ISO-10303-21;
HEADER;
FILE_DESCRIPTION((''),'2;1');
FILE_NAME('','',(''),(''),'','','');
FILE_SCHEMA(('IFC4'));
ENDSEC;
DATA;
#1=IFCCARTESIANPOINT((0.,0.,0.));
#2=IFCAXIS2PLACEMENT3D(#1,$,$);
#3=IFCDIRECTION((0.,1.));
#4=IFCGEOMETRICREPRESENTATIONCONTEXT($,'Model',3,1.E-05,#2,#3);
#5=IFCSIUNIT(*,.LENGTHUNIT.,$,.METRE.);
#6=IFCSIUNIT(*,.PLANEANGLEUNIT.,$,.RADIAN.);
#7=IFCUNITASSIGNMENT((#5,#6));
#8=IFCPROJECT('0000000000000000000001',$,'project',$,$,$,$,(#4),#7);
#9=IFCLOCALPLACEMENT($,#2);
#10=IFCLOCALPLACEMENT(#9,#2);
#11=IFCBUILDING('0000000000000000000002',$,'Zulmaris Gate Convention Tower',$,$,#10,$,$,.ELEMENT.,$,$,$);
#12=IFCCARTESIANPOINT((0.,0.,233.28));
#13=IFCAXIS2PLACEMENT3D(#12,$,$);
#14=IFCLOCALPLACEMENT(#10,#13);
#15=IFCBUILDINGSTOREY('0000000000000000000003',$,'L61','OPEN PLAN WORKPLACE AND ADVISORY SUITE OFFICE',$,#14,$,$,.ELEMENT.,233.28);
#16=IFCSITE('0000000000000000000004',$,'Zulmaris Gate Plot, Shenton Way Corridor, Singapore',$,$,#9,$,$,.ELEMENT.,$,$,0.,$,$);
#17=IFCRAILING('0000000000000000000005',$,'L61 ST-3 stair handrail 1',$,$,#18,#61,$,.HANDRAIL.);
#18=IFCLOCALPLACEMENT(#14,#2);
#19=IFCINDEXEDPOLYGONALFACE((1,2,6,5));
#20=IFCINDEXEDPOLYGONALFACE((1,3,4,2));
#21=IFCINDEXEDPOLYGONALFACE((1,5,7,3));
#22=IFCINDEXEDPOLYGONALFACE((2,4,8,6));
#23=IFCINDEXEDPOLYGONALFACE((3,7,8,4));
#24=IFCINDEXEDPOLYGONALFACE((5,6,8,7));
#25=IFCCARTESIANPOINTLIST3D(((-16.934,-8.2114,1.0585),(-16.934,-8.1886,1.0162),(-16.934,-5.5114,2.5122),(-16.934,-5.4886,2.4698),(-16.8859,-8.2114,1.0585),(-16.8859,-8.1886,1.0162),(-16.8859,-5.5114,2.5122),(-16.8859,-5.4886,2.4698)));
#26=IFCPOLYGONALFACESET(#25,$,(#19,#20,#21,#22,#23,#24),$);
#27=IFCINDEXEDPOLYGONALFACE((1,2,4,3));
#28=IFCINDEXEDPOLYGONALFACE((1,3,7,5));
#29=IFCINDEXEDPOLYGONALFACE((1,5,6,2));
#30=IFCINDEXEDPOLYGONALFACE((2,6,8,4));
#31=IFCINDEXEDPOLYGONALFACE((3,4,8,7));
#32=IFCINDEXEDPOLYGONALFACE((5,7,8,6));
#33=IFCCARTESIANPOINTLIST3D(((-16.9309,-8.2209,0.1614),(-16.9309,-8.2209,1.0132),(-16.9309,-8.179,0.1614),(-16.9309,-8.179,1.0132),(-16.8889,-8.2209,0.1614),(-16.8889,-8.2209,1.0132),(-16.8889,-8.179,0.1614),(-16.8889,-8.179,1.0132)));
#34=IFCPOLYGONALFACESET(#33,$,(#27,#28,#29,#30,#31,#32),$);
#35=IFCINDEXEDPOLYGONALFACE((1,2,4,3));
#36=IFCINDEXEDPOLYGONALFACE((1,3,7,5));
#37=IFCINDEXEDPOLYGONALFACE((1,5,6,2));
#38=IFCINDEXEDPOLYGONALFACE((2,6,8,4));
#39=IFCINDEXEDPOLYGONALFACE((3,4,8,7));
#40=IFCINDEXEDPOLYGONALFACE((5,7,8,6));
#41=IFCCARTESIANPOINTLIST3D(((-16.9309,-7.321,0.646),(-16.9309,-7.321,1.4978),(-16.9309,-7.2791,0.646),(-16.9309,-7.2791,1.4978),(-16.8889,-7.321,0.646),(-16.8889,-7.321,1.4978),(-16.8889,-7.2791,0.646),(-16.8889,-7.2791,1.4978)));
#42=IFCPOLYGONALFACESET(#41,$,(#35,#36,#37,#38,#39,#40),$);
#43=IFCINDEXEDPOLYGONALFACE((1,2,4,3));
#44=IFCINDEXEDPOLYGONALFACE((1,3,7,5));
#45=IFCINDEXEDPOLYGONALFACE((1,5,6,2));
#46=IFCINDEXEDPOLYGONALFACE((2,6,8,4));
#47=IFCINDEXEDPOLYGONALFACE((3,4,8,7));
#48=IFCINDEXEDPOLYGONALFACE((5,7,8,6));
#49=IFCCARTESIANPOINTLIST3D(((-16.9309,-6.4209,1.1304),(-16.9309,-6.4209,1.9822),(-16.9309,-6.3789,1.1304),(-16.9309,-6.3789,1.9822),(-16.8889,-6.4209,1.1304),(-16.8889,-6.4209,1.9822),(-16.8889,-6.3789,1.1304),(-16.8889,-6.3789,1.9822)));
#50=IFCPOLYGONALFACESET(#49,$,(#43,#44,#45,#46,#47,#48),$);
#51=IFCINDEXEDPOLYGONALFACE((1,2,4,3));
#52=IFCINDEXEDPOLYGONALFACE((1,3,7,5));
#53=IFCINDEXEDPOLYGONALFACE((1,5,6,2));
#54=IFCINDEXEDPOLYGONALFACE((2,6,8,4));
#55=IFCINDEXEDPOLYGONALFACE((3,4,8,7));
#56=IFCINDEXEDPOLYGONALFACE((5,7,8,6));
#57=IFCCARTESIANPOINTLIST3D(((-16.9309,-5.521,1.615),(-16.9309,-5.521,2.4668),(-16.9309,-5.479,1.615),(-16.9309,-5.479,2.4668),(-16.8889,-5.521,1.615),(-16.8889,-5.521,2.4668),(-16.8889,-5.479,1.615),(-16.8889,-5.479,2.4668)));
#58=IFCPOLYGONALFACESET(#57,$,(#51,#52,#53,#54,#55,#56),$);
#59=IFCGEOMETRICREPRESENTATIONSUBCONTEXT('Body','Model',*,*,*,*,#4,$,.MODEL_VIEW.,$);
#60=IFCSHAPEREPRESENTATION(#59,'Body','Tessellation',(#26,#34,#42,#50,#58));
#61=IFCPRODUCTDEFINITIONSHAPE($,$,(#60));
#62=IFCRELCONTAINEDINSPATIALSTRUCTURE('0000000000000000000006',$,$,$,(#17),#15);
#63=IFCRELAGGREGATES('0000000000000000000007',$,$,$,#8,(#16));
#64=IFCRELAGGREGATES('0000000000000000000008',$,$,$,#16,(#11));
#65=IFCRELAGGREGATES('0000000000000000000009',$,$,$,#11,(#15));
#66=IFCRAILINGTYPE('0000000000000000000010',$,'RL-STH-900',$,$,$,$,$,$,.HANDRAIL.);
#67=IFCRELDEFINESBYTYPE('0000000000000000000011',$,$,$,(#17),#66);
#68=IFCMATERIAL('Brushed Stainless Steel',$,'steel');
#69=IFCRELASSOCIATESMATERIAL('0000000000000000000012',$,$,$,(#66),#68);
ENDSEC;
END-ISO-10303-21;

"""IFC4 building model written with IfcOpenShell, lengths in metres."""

from ifc_helpers import new_model, si_unit, direction, frame, origin, origin_2d, place, context, subcontext, project, spatial, rectangle, extrude, material, type_object, element, save


model = new_model("IFC4")

# Units and contexts
model_context = context("Model", 3, precision=1e-05, world=origin(), true_north=direction((0.0, 1.0)))
body_context = subcontext(model_context, "Body", "Model", "MODEL_VIEW")
ifc_project = project(units=[si_unit("LENGTHUNIT", "METRE"), si_unit("PLANEANGLEUNIT", "RADIAN")], contexts=[model_context])

# Site, building, storey
site_placement = place(None, origin())
site = spatial("IfcSite", under=ifc_project, at=site_placement, Name="Zulmaris Gate Plot, Shenton Way Corridor, Singapore", CompositionType="ELEMENT", RefElevation=0.0)
building_placement = place(site_placement, origin())
building = spatial("IfcBuilding", under=site, at=building_placement, Name="Zulmaris Gate Convention Tower", CompositionType="ELEMENT")
storey_placement = place(building_placement, frame((0.0, 0.0, 233.28)))
storey = spatial("IfcBuildingStorey", under=building, at=storey_placement, Name="L61", Description="OPEN PLAN WORKPLACE AND ADVISORY SUITE OFFICE", CompositionType="ELEMENT", Elevation=233.28)

# Shared definitions
ifc_material_1 = material(Name="Brushed Stainless Steel", Category="steel")

# Railing
railing_type_1 = type_object("IfcRailingType", Name="RL-STH-900", PredefinedType="HANDRAIL", material=ifc_material_1)
for number, where, name in (
    (1, (-16.9099, -8.2, 0.1614), "L61 ST-3 stair handrail 1"),
):
    element("IfcRailing", number, at=place(storey_placement, frame(where)), inside=storey, type_object=railing_type_1, Name=name, PredefinedType="HANDRAIL", context=body_context, shape_type="SweptSolid", body=[
        extrude(rectangle(XDim=0.0481, YDim=0.0481, at=origin_2d()), frame((0.0, 0.0, 0.876), z_axis=(0.0, 0.880499, 0.474048), x_axis=(-1.0, 0.0, 0.0)), (0.0, 0.0, 1.0), 3.0664),
        extrude(rectangle(XDim=0.042, YDim=0.042, at=origin_2d()), origin(), (0.0, 0.0, 1.0), 0.8518),
        extrude(rectangle(XDim=0.042, YDim=0.042, at=origin_2d()), frame((0.0, 0.8999, 0.4846)), (0.0, 0.0, 1.0), 0.8518),
        extrude(rectangle(XDim=0.042, YDim=0.042, at=origin_2d()), frame((0.0, 1.8, 0.969)), (0.0, 0.0, 1.0), 0.8518),
        extrude(rectangle(XDim=0.042, YDim=0.042, at=origin_2d()), frame((0.0, 2.7, 1.4536)), (0.0, 0.0, 1.0), 0.8518),
    ])

save(model, "model.ifc")
